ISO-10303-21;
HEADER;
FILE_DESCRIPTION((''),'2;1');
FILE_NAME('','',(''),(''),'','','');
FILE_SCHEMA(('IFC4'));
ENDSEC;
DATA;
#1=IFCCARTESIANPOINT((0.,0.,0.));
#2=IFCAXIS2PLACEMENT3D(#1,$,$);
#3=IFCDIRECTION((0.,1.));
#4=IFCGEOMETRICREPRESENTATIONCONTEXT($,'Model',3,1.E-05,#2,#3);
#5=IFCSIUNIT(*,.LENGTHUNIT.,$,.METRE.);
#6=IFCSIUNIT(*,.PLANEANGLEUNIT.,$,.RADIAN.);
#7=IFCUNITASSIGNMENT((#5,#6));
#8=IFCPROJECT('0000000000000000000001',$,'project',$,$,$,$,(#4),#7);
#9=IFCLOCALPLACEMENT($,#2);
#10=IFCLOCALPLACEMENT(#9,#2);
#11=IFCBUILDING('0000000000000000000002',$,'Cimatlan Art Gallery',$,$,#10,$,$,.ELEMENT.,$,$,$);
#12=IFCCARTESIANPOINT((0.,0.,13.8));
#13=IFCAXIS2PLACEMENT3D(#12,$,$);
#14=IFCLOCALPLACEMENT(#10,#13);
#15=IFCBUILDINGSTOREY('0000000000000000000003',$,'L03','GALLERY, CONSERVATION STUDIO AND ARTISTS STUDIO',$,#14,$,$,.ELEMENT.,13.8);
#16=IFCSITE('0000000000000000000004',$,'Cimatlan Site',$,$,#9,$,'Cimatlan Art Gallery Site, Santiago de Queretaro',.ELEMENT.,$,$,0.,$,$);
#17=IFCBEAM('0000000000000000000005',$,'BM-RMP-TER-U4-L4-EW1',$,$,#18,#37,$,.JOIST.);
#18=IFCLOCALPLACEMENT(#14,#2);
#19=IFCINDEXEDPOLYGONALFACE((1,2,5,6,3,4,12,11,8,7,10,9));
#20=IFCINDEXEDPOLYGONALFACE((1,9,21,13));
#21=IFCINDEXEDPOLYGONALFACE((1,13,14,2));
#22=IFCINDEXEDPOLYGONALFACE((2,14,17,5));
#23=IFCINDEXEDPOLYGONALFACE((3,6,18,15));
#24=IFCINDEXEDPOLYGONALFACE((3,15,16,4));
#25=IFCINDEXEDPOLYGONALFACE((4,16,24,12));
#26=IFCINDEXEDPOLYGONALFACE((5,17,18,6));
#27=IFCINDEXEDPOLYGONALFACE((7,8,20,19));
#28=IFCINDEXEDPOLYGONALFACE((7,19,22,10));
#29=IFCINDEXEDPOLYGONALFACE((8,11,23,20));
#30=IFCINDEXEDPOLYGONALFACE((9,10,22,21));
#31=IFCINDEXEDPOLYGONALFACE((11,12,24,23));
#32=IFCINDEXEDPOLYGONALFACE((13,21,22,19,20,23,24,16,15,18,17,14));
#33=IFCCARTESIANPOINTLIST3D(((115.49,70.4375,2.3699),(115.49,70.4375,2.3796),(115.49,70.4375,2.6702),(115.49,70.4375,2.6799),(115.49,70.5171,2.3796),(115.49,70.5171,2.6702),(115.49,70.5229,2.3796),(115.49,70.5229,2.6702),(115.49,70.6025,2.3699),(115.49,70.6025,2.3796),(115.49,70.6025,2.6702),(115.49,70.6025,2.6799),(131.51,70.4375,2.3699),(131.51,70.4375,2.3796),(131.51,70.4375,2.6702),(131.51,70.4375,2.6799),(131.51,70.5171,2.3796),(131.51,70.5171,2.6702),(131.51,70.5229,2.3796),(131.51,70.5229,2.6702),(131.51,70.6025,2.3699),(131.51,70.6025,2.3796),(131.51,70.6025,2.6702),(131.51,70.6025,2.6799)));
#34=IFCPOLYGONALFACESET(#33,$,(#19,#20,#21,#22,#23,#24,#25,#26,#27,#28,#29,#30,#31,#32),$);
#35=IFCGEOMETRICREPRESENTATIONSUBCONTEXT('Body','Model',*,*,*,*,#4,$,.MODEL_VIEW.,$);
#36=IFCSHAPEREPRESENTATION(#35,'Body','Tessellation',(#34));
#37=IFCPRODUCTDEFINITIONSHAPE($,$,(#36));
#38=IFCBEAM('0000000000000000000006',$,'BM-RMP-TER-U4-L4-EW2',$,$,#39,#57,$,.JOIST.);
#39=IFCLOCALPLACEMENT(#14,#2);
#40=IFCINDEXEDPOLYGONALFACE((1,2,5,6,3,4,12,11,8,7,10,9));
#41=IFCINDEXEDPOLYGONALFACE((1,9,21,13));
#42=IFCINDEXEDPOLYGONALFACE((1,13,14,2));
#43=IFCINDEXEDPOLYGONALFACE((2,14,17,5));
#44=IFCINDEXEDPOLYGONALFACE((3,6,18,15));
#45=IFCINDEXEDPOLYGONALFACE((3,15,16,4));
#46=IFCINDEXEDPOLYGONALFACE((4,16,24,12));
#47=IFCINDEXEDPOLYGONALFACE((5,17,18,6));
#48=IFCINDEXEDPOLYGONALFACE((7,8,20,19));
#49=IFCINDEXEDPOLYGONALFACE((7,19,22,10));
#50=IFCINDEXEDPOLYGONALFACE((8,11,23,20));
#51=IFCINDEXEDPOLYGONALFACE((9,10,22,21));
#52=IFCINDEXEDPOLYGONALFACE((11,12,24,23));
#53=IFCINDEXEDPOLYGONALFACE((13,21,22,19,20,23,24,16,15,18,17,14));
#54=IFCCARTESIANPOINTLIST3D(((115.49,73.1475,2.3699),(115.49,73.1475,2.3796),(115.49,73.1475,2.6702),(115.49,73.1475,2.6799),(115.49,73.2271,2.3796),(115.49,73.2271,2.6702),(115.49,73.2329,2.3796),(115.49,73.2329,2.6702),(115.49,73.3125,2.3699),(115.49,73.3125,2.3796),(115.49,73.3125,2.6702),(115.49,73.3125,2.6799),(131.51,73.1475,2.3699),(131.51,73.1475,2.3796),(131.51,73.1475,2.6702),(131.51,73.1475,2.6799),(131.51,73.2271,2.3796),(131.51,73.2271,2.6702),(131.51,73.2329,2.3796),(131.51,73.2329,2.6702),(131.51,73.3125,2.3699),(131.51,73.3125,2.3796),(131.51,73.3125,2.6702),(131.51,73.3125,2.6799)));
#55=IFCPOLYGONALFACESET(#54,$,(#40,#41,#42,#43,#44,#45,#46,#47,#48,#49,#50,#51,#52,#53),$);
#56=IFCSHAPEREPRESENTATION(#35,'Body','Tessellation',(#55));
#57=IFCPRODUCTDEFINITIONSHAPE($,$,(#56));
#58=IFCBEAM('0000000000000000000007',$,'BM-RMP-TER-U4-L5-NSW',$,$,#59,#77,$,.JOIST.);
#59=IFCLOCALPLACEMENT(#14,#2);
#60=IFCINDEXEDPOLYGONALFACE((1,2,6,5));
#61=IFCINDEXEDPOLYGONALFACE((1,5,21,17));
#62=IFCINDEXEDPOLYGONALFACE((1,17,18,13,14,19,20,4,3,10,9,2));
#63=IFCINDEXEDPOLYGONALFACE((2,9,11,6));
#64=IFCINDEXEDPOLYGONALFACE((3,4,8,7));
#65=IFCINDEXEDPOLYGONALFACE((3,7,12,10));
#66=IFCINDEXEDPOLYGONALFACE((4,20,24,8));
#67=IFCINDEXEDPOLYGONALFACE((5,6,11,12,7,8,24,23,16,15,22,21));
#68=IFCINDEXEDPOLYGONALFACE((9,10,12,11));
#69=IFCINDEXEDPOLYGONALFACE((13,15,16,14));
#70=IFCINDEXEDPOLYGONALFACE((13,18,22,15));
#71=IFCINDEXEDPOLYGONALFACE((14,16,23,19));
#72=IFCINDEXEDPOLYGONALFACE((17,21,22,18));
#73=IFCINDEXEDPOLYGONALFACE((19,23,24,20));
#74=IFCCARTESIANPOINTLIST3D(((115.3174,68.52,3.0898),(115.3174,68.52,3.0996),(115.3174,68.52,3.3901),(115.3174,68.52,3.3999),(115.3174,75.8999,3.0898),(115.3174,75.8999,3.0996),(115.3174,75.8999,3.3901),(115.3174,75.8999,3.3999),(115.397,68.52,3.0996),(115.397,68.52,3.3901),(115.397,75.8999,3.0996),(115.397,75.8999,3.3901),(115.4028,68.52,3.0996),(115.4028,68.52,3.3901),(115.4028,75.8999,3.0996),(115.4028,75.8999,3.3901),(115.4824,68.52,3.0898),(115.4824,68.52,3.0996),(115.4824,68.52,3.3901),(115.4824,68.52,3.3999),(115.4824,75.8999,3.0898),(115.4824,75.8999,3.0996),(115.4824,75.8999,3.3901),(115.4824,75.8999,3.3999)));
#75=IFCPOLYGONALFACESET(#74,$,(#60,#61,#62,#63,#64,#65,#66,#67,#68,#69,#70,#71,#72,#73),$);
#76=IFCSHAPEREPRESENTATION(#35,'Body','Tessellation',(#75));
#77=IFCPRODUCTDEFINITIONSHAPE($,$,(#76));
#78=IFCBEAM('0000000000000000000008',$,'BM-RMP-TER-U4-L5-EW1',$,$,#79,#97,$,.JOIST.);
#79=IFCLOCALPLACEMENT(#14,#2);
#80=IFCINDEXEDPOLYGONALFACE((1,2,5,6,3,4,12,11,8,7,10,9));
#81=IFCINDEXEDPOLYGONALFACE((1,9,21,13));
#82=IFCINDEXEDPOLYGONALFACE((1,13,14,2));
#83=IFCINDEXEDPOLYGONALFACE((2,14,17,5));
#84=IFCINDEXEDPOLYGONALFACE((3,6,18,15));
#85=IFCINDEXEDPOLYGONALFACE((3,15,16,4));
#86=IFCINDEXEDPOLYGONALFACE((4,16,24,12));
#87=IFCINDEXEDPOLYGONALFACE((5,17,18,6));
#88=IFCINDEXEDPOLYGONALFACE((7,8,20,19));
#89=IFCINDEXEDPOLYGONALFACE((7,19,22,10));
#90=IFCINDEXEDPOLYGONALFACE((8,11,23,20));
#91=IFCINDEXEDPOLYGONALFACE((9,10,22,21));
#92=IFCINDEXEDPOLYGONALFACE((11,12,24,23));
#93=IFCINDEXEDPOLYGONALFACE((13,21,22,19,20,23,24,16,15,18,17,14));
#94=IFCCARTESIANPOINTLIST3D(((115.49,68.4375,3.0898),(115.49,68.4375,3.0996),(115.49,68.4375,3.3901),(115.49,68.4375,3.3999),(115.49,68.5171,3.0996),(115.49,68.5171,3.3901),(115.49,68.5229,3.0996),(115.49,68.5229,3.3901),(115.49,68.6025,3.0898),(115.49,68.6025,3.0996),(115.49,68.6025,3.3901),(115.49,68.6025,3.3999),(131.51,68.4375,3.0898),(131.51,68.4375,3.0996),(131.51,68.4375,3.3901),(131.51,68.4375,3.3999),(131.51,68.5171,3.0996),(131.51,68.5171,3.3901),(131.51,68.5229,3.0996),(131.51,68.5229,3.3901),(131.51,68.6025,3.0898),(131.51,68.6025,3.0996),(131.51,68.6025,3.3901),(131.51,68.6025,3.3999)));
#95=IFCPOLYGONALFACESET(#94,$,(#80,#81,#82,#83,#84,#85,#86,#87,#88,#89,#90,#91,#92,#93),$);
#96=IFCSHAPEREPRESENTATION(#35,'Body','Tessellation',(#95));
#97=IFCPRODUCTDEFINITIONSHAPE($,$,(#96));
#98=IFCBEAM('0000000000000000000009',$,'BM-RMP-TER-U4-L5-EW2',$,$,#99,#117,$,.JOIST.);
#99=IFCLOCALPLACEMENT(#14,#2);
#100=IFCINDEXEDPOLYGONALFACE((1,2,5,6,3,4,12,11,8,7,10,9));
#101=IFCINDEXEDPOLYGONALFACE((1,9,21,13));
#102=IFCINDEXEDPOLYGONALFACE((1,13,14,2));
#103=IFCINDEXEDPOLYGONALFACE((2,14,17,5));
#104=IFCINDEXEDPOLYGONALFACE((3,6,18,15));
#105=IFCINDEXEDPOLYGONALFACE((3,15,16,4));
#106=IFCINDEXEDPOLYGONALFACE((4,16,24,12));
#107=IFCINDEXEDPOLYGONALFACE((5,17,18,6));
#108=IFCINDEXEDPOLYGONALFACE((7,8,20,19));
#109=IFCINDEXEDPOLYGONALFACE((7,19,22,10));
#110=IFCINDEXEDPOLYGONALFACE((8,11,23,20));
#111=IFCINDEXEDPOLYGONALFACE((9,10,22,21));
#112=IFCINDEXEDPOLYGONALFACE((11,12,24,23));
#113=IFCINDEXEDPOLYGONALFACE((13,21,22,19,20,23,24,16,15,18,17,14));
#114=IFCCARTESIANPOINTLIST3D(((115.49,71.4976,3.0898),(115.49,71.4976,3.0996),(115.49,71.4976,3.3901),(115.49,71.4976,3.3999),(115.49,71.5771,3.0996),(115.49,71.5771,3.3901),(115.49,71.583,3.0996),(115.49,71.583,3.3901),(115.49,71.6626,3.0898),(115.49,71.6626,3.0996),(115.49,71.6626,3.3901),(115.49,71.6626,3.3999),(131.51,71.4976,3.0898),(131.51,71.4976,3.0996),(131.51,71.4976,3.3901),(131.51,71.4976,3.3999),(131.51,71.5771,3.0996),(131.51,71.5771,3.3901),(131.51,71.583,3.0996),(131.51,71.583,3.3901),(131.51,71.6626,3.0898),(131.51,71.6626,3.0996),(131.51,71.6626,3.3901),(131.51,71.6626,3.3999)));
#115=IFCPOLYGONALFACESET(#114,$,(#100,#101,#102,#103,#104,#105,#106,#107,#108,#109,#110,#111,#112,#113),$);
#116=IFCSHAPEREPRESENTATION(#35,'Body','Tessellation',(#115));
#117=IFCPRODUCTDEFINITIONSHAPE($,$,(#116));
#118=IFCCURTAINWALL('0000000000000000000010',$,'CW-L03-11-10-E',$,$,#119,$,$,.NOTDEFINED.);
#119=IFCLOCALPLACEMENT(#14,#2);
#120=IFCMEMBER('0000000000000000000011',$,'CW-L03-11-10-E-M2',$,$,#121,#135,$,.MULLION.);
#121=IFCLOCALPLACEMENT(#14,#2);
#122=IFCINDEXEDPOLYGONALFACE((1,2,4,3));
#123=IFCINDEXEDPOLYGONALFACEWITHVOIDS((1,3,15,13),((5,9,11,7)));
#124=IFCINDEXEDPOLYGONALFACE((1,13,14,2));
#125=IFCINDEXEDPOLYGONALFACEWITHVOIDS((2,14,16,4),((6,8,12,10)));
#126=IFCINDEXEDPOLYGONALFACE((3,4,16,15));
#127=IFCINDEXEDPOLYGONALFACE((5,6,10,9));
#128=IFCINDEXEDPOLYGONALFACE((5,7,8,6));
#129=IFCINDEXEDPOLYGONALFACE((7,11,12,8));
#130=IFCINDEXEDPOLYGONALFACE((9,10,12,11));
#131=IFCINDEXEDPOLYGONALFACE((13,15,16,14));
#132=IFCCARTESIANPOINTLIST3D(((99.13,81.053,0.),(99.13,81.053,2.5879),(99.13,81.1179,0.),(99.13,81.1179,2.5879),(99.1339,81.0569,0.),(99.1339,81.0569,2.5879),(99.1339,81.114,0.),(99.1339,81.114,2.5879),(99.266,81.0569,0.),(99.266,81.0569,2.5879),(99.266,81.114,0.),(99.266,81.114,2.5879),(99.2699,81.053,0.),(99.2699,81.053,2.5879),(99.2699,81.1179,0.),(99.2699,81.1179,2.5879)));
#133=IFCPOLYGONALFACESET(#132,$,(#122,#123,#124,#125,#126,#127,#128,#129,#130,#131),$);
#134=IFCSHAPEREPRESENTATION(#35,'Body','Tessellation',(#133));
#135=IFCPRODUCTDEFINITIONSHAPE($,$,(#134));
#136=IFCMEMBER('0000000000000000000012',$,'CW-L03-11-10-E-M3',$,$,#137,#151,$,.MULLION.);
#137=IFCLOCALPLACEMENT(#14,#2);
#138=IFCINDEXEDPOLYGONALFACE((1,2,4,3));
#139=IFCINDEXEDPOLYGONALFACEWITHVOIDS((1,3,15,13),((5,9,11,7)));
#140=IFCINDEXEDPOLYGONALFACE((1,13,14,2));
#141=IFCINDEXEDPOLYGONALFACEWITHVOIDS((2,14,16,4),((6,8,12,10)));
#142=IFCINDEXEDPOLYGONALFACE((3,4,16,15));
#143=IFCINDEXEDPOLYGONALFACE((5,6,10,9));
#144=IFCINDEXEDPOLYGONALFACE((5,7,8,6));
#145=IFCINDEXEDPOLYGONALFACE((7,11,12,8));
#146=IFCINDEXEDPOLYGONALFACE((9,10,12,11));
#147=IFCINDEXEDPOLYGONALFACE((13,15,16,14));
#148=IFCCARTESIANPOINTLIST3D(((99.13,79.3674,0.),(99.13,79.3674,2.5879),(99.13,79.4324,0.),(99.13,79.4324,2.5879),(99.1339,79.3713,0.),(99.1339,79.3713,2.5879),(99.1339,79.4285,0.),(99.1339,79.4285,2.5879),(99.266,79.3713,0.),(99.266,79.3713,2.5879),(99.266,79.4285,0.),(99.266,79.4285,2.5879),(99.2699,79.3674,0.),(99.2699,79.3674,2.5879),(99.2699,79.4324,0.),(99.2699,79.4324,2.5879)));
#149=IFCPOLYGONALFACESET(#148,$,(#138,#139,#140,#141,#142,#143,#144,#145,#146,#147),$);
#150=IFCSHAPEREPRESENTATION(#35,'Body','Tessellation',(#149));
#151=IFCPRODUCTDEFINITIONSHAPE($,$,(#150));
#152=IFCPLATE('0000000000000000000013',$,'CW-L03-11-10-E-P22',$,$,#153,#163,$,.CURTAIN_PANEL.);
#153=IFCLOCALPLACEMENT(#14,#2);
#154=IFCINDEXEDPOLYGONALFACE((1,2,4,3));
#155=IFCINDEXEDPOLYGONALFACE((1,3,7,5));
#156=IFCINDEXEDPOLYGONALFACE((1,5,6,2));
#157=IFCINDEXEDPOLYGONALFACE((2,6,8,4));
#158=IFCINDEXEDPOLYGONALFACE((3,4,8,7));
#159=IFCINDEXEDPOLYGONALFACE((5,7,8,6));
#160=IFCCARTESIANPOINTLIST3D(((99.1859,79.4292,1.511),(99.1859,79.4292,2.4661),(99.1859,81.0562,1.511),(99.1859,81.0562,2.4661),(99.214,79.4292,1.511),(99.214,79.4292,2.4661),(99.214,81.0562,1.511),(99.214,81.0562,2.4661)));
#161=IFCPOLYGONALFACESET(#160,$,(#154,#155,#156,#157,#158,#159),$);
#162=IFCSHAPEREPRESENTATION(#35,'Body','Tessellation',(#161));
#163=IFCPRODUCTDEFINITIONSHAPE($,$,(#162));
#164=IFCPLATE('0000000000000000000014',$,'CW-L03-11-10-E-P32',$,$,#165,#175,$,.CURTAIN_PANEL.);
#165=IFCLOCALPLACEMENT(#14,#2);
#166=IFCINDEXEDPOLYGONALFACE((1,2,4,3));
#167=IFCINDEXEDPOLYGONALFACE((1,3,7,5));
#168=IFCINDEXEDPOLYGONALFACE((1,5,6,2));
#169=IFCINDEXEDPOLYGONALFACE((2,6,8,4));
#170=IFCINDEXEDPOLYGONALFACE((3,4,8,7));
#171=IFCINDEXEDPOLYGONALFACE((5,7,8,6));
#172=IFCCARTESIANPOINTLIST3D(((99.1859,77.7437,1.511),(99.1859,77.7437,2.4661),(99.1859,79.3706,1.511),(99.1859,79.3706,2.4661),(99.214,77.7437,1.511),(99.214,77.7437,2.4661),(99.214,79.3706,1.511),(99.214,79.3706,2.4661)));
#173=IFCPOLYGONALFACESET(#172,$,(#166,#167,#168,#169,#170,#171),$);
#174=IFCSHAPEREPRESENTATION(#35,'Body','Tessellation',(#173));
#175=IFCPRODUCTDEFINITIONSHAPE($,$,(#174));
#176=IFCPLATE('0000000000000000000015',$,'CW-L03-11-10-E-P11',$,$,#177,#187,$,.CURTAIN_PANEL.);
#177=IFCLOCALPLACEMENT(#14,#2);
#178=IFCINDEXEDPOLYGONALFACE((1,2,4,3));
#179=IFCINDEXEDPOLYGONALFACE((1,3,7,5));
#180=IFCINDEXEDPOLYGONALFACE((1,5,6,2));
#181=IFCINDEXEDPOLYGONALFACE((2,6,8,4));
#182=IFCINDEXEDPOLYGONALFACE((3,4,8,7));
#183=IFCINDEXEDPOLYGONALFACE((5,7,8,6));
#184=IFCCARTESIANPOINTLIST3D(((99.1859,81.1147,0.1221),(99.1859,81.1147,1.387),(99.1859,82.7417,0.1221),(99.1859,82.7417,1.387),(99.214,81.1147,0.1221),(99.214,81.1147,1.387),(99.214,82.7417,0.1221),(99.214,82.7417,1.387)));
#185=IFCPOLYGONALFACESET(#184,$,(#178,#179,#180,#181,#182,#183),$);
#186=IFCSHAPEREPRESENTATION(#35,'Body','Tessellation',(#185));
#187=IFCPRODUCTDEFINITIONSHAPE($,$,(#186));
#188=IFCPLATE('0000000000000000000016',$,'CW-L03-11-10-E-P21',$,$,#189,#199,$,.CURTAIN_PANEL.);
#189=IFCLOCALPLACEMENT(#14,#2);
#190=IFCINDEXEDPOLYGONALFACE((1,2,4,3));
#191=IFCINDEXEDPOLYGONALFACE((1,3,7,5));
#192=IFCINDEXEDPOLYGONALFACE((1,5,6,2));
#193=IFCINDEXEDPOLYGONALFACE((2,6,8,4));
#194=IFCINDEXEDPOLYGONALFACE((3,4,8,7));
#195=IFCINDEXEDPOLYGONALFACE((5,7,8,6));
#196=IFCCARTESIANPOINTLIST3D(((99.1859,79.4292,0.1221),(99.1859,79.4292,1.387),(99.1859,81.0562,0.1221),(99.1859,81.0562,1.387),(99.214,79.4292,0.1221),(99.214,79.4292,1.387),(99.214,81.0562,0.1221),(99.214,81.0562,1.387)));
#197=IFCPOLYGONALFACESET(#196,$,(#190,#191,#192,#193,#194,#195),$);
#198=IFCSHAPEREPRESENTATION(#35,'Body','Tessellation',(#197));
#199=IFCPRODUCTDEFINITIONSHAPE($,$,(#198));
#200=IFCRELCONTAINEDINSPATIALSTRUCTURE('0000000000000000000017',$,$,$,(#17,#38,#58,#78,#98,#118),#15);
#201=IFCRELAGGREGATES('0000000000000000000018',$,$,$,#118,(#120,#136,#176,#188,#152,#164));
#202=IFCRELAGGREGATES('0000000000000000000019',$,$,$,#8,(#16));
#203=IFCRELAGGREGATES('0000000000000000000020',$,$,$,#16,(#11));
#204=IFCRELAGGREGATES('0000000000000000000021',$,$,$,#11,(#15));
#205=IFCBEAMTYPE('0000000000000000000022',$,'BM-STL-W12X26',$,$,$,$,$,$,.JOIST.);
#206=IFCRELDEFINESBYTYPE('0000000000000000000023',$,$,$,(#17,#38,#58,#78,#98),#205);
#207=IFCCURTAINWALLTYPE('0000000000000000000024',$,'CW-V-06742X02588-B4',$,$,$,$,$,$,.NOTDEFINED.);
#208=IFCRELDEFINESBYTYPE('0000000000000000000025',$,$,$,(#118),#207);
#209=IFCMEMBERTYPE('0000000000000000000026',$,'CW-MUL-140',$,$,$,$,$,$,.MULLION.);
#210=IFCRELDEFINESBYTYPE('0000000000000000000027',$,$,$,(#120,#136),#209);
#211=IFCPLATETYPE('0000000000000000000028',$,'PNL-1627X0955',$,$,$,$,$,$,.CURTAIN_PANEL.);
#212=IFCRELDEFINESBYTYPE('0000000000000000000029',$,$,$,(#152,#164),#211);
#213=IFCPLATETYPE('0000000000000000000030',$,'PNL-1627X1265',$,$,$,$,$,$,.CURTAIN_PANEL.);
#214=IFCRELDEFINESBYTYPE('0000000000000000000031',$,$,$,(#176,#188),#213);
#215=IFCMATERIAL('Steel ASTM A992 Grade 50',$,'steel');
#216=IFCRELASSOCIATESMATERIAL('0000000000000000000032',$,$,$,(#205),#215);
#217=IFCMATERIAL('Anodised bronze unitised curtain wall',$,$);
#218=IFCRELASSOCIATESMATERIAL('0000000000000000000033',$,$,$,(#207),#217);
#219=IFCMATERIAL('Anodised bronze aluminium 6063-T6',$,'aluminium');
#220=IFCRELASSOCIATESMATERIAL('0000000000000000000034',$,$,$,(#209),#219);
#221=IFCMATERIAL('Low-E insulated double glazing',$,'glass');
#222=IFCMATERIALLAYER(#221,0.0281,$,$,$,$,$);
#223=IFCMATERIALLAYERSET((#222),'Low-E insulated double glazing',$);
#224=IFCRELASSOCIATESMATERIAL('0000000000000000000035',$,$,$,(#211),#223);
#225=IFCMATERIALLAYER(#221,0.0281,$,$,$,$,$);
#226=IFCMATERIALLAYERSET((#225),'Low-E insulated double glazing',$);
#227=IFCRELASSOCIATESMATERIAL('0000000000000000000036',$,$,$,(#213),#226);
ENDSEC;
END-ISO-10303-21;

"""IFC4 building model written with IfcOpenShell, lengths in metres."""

from ifc_helpers import new_model, si_unit, direction, frame, origin, origin_2d, place, context, subcontext, project, spatial, rectangle, hollow_rectangle, i_section, extrude, material, layer, layer_set, material_profile, profile_set, type_object, element, aggregate, save


model = new_model("IFC4")

# Units and contexts
model_context = context("Model", 3, precision=1e-05, world=origin(), true_north=direction((0.0, 1.0)))
body_context = subcontext(model_context, "Body", "Model", "MODEL_VIEW")
ifc_project = project(units=[si_unit("LENGTHUNIT", "METRE"), si_unit("PLANEANGLEUNIT", "RADIAN")], contexts=[model_context])

# Site, building, storey
site_placement = place(None, origin())
site = spatial("IfcSite", under=ifc_project, at=site_placement, Name="Cimatlan Site", LongName="Cimatlan Art Gallery Site, Santiago de Queretaro", CompositionType="ELEMENT", RefElevation=0.0)
building_placement = place(site_placement, origin())
building = spatial("IfcBuilding", under=site, at=building_placement, Name="Cimatlan Art Gallery", CompositionType="ELEMENT")
storey_placement = place(building_placement, frame((0.0, 0.0, 13.8)))
storey = spatial("IfcBuildingStorey", under=building, at=storey_placement, Name="L03", Description="GALLERY, CONSERVATION STUDIO AND ARTISTS STUDIO", CompositionType="ELEMENT", Elevation=13.8)

# Shared definitions
ifc_material_1 = material(Name="Steel ASTM A992 Grade 50", Category="steel")

# Beams
ifc_material_profile_1 = material_profile(ifc_material_1, i_section(OverallWidth=0.165, OverallDepth=0.3101, WebThickness=0.0059, FlangeThickness=0.0098, at=origin_2d()), Name="W12X26")
ifc_profile_set_1 = profile_set([ifc_material_profile_1], Name="Steel ASTM A992 Grade 50")
beam_type = type_object("IfcBeamType", Name="BM-STL-W12X26", PredefinedType="JOIST", material=ifc_profile_set_1)
for number, where, z_axis, x_axis, name in (
    (1, (115.49, 70.52, 2.5249), (1.0, 0.0, 0.0), (0.0, 1.0, 0.0), "BM-RMP-TER-U4-L4-EW1"),
    (2, (115.49, 73.23, 2.5249), (1.0, 0.0, 0.0), (0.0, 1.0, 0.0), "BM-RMP-TER-U4-L4-EW2"),
):
    element("IfcBeam", number, at=place(storey_placement, frame(where, z_axis=z_axis, x_axis=x_axis)), inside=storey, type_object=beam_type, Name=name, PredefinedType="JOIST", context=body_context, shape_type="SweptSolid", body=[
        extrude(i_section(OverallWidth=0.165, OverallDepth=0.3101, WebThickness=0.0059, FlangeThickness=0.0098, at=origin_2d()), origin(), (0.0, 0.0, 1.0), 16.02),
    ])
beam_1_placement = place(storey_placement, frame((115.3999, 68.52, 3.2449), z_axis=(0.0, 1.0, 0.0), x_axis=(-1.0, 0.0, 0.0)))
element("IfcBeam", 3, at=beam_1_placement, inside=storey, type_object=beam_type, Name="BM-RMP-TER-U4-L5-NSW", PredefinedType="JOIST", context=body_context, shape_type="SweptSolid", body=[
    extrude(i_section(OverallWidth=0.165, OverallDepth=0.3101, WebThickness=0.0059, FlangeThickness=0.0098, at=origin_2d()), origin(), (0.0, 0.0, 1.0), 7.3799),
])
for number, where, z_axis, x_axis, name in (
    (4, (115.49, 68.52, 3.2449), (1.0, 0.0, 0.0), (0.0, 1.0, 0.0), "BM-RMP-TER-U4-L5-EW1"),
    (5, (115.49, 71.5801, 3.2449), (1.0, 0.0, 0.0), (0.0, 1.0, 0.0), "BM-RMP-TER-U4-L5-EW2"),
):
    element("IfcBeam", number, at=place(storey_placement, frame(where, z_axis=z_axis, x_axis=x_axis)), inside=storey, type_object=beam_type, Name=name, PredefinedType="JOIST", context=body_context, shape_type="SweptSolid", body=[
        extrude(i_section(OverallWidth=0.165, OverallDepth=0.3101, WebThickness=0.0059, FlangeThickness=0.0098, at=origin_2d()), origin(), (0.0, 0.0, 1.0), 16.02),
    ])

# Curtain wall, members, plates
ifc_material_2 = material(Name="Anodised bronze unitised curtain wall")
curtain_wall_type = type_object("IfcCurtainWallType", Name="CW-V-06742X02588-B4", PredefinedType="NOTDEFINED", material=ifc_material_2)
curtain_wall_placement = place(storey_placement, origin())
curtain_wall = element("IfcCurtainWall", 6, at=curtain_wall_placement, inside=storey, type_object=curtain_wall_type, Name="CW-L03-11-10-E", PredefinedType="NOTDEFINED")
ifc_material_3 = material(Name="Anodised bronze aluminium 6063-T6", Category="aluminium")
ifc_material_profile_2 = material_profile(ifc_material_3, hollow_rectangle(XDim=0.0649, YDim=0.1399, WallThickness=0.0039, at=origin_2d()), Name="ALU65X140X4")
ifc_profile_set_2 = profile_set([ifc_material_profile_2], Name="Anodised bronze aluminium 6063-T6")
member_type = type_object("IfcMemberType", Name="CW-MUL-140", PredefinedType="MULLION", material=ifc_profile_set_2)
member_1_placement = place(storey_placement, frame((99.2, 81.0854, 0.0), z_axis=(0.0, 0.0, 1.0), x_axis=(0.0, 1.0, 0.0)))
member_1 = element("IfcMember", 7, at=member_1_placement, type_object=member_type, Name="CW-L03-11-10-E-M2", PredefinedType="MULLION", context=body_context, shape_type="SweptSolid", body=[
    extrude(hollow_rectangle(XDim=0.0649, YDim=0.1399, WallThickness=0.0039, at=origin_2d()), origin(), (0.0, 0.0, 1.0), 2.5879),
])
member_2_placement = place(storey_placement, frame((99.2, 79.3999, 0.0), z_axis=(0.0, 0.0, 1.0), x_axis=(0.0, 1.0, 0.0)))
member_2 = element("IfcMember", 8, at=member_2_placement, type_object=member_type, Name="CW-L03-11-10-E-M3", PredefinedType="MULLION", context=body_context, shape_type="SweptSolid", body=[
    extrude(hollow_rectangle(XDim=0.0649, YDim=0.1399, WallThickness=0.0039, at=origin_2d()), origin(), (0.0, 0.0, 1.0), 2.5879),
])
ifc_material_4 = material(Name="Low-E insulated double glazing", Category="glass")
ifc_layer_1 = layer(ifc_material_4, 0.0281)
ifc_layer_set_1 = layer_set([ifc_layer_1], Name="Low-E insulated double glazing")
plate_type_1 = type_object("IfcPlateType", Name="PNL-1627X0955", PredefinedType="CURTAIN_PANEL", material=ifc_layer_set_1)
plate_1_placement = place(storey_placement, frame((99.2, 80.2427, 1.511), z_axis=(0.0, 0.0, 1.0), x_axis=(0.0, -1.0, 0.0)))
plate_1 = element("IfcPlate", 9, at=plate_1_placement, type_object=plate_type_1, Name="CW-L03-11-10-E-P22", PredefinedType="CURTAIN_PANEL", context=body_context, shape_type="SweptSolid", body=[
    extrude(rectangle(XDim=1.627, YDim=0.0281, at=origin_2d()), origin(), (0.0, 0.0, 1.0), 0.9551),
])
plate_2_placement = place(storey_placement, frame((99.2, 78.5571, 1.511), z_axis=(0.0, 0.0, 1.0), x_axis=(0.0, -1.0, 0.0)))
plate_2 = element("IfcPlate", 10, at=plate_2_placement, type_object=plate_type_1, Name="CW-L03-11-10-E-P32", PredefinedType="CURTAIN_PANEL", context=body_context, shape_type="SweptSolid", body=[
    extrude(rectangle(XDim=1.627, YDim=0.0281, at=origin_2d()), origin(), (0.0, 0.0, 1.0), 0.9551),
])
ifc_layer_2 = layer(ifc_material_4, 0.0281)
ifc_layer_set_2 = layer_set([ifc_layer_2], Name="Low-E insulated double glazing")
plate_type_2 = type_object("IfcPlateType", Name="PNL-1627X1265", PredefinedType="CURTAIN_PANEL", material=ifc_layer_set_2)
plate_3_placement = place(storey_placement, frame((99.2, 81.9282, 0.1221), z_axis=(0.0, 0.0, 1.0), x_axis=(0.0, -1.0, 0.0)))
plate_3 = element("IfcPlate", 11, at=plate_3_placement, type_object=plate_type_2, Name="CW-L03-11-10-E-P11", PredefinedType="CURTAIN_PANEL", context=body_context, shape_type="SweptSolid", body=[
    extrude(rectangle(XDim=1.627, YDim=0.0281, at=origin_2d()), origin(), (0.0, 0.0, 1.0), 1.2649),
])
plate_4_placement = place(storey_placement, frame((99.2, 80.2427, 0.1221), z_axis=(0.0, 0.0, 1.0), x_axis=(0.0, -1.0, 0.0)))
plate_4 = element("IfcPlate", 12, at=plate_4_placement, type_object=plate_type_2, Name="CW-L03-11-10-E-P21", PredefinedType="CURTAIN_PANEL", context=body_context, shape_type="SweptSolid", body=[
    extrude(rectangle(XDim=1.627, YDim=0.0281, at=origin_2d()), origin(), (0.0, 0.0, 1.0), 1.2649),
])
aggregate(curtain_wall, [member_1, member_2, plate_3, plate_4, plate_1, plate_2])

save(model, "model.ifc")
